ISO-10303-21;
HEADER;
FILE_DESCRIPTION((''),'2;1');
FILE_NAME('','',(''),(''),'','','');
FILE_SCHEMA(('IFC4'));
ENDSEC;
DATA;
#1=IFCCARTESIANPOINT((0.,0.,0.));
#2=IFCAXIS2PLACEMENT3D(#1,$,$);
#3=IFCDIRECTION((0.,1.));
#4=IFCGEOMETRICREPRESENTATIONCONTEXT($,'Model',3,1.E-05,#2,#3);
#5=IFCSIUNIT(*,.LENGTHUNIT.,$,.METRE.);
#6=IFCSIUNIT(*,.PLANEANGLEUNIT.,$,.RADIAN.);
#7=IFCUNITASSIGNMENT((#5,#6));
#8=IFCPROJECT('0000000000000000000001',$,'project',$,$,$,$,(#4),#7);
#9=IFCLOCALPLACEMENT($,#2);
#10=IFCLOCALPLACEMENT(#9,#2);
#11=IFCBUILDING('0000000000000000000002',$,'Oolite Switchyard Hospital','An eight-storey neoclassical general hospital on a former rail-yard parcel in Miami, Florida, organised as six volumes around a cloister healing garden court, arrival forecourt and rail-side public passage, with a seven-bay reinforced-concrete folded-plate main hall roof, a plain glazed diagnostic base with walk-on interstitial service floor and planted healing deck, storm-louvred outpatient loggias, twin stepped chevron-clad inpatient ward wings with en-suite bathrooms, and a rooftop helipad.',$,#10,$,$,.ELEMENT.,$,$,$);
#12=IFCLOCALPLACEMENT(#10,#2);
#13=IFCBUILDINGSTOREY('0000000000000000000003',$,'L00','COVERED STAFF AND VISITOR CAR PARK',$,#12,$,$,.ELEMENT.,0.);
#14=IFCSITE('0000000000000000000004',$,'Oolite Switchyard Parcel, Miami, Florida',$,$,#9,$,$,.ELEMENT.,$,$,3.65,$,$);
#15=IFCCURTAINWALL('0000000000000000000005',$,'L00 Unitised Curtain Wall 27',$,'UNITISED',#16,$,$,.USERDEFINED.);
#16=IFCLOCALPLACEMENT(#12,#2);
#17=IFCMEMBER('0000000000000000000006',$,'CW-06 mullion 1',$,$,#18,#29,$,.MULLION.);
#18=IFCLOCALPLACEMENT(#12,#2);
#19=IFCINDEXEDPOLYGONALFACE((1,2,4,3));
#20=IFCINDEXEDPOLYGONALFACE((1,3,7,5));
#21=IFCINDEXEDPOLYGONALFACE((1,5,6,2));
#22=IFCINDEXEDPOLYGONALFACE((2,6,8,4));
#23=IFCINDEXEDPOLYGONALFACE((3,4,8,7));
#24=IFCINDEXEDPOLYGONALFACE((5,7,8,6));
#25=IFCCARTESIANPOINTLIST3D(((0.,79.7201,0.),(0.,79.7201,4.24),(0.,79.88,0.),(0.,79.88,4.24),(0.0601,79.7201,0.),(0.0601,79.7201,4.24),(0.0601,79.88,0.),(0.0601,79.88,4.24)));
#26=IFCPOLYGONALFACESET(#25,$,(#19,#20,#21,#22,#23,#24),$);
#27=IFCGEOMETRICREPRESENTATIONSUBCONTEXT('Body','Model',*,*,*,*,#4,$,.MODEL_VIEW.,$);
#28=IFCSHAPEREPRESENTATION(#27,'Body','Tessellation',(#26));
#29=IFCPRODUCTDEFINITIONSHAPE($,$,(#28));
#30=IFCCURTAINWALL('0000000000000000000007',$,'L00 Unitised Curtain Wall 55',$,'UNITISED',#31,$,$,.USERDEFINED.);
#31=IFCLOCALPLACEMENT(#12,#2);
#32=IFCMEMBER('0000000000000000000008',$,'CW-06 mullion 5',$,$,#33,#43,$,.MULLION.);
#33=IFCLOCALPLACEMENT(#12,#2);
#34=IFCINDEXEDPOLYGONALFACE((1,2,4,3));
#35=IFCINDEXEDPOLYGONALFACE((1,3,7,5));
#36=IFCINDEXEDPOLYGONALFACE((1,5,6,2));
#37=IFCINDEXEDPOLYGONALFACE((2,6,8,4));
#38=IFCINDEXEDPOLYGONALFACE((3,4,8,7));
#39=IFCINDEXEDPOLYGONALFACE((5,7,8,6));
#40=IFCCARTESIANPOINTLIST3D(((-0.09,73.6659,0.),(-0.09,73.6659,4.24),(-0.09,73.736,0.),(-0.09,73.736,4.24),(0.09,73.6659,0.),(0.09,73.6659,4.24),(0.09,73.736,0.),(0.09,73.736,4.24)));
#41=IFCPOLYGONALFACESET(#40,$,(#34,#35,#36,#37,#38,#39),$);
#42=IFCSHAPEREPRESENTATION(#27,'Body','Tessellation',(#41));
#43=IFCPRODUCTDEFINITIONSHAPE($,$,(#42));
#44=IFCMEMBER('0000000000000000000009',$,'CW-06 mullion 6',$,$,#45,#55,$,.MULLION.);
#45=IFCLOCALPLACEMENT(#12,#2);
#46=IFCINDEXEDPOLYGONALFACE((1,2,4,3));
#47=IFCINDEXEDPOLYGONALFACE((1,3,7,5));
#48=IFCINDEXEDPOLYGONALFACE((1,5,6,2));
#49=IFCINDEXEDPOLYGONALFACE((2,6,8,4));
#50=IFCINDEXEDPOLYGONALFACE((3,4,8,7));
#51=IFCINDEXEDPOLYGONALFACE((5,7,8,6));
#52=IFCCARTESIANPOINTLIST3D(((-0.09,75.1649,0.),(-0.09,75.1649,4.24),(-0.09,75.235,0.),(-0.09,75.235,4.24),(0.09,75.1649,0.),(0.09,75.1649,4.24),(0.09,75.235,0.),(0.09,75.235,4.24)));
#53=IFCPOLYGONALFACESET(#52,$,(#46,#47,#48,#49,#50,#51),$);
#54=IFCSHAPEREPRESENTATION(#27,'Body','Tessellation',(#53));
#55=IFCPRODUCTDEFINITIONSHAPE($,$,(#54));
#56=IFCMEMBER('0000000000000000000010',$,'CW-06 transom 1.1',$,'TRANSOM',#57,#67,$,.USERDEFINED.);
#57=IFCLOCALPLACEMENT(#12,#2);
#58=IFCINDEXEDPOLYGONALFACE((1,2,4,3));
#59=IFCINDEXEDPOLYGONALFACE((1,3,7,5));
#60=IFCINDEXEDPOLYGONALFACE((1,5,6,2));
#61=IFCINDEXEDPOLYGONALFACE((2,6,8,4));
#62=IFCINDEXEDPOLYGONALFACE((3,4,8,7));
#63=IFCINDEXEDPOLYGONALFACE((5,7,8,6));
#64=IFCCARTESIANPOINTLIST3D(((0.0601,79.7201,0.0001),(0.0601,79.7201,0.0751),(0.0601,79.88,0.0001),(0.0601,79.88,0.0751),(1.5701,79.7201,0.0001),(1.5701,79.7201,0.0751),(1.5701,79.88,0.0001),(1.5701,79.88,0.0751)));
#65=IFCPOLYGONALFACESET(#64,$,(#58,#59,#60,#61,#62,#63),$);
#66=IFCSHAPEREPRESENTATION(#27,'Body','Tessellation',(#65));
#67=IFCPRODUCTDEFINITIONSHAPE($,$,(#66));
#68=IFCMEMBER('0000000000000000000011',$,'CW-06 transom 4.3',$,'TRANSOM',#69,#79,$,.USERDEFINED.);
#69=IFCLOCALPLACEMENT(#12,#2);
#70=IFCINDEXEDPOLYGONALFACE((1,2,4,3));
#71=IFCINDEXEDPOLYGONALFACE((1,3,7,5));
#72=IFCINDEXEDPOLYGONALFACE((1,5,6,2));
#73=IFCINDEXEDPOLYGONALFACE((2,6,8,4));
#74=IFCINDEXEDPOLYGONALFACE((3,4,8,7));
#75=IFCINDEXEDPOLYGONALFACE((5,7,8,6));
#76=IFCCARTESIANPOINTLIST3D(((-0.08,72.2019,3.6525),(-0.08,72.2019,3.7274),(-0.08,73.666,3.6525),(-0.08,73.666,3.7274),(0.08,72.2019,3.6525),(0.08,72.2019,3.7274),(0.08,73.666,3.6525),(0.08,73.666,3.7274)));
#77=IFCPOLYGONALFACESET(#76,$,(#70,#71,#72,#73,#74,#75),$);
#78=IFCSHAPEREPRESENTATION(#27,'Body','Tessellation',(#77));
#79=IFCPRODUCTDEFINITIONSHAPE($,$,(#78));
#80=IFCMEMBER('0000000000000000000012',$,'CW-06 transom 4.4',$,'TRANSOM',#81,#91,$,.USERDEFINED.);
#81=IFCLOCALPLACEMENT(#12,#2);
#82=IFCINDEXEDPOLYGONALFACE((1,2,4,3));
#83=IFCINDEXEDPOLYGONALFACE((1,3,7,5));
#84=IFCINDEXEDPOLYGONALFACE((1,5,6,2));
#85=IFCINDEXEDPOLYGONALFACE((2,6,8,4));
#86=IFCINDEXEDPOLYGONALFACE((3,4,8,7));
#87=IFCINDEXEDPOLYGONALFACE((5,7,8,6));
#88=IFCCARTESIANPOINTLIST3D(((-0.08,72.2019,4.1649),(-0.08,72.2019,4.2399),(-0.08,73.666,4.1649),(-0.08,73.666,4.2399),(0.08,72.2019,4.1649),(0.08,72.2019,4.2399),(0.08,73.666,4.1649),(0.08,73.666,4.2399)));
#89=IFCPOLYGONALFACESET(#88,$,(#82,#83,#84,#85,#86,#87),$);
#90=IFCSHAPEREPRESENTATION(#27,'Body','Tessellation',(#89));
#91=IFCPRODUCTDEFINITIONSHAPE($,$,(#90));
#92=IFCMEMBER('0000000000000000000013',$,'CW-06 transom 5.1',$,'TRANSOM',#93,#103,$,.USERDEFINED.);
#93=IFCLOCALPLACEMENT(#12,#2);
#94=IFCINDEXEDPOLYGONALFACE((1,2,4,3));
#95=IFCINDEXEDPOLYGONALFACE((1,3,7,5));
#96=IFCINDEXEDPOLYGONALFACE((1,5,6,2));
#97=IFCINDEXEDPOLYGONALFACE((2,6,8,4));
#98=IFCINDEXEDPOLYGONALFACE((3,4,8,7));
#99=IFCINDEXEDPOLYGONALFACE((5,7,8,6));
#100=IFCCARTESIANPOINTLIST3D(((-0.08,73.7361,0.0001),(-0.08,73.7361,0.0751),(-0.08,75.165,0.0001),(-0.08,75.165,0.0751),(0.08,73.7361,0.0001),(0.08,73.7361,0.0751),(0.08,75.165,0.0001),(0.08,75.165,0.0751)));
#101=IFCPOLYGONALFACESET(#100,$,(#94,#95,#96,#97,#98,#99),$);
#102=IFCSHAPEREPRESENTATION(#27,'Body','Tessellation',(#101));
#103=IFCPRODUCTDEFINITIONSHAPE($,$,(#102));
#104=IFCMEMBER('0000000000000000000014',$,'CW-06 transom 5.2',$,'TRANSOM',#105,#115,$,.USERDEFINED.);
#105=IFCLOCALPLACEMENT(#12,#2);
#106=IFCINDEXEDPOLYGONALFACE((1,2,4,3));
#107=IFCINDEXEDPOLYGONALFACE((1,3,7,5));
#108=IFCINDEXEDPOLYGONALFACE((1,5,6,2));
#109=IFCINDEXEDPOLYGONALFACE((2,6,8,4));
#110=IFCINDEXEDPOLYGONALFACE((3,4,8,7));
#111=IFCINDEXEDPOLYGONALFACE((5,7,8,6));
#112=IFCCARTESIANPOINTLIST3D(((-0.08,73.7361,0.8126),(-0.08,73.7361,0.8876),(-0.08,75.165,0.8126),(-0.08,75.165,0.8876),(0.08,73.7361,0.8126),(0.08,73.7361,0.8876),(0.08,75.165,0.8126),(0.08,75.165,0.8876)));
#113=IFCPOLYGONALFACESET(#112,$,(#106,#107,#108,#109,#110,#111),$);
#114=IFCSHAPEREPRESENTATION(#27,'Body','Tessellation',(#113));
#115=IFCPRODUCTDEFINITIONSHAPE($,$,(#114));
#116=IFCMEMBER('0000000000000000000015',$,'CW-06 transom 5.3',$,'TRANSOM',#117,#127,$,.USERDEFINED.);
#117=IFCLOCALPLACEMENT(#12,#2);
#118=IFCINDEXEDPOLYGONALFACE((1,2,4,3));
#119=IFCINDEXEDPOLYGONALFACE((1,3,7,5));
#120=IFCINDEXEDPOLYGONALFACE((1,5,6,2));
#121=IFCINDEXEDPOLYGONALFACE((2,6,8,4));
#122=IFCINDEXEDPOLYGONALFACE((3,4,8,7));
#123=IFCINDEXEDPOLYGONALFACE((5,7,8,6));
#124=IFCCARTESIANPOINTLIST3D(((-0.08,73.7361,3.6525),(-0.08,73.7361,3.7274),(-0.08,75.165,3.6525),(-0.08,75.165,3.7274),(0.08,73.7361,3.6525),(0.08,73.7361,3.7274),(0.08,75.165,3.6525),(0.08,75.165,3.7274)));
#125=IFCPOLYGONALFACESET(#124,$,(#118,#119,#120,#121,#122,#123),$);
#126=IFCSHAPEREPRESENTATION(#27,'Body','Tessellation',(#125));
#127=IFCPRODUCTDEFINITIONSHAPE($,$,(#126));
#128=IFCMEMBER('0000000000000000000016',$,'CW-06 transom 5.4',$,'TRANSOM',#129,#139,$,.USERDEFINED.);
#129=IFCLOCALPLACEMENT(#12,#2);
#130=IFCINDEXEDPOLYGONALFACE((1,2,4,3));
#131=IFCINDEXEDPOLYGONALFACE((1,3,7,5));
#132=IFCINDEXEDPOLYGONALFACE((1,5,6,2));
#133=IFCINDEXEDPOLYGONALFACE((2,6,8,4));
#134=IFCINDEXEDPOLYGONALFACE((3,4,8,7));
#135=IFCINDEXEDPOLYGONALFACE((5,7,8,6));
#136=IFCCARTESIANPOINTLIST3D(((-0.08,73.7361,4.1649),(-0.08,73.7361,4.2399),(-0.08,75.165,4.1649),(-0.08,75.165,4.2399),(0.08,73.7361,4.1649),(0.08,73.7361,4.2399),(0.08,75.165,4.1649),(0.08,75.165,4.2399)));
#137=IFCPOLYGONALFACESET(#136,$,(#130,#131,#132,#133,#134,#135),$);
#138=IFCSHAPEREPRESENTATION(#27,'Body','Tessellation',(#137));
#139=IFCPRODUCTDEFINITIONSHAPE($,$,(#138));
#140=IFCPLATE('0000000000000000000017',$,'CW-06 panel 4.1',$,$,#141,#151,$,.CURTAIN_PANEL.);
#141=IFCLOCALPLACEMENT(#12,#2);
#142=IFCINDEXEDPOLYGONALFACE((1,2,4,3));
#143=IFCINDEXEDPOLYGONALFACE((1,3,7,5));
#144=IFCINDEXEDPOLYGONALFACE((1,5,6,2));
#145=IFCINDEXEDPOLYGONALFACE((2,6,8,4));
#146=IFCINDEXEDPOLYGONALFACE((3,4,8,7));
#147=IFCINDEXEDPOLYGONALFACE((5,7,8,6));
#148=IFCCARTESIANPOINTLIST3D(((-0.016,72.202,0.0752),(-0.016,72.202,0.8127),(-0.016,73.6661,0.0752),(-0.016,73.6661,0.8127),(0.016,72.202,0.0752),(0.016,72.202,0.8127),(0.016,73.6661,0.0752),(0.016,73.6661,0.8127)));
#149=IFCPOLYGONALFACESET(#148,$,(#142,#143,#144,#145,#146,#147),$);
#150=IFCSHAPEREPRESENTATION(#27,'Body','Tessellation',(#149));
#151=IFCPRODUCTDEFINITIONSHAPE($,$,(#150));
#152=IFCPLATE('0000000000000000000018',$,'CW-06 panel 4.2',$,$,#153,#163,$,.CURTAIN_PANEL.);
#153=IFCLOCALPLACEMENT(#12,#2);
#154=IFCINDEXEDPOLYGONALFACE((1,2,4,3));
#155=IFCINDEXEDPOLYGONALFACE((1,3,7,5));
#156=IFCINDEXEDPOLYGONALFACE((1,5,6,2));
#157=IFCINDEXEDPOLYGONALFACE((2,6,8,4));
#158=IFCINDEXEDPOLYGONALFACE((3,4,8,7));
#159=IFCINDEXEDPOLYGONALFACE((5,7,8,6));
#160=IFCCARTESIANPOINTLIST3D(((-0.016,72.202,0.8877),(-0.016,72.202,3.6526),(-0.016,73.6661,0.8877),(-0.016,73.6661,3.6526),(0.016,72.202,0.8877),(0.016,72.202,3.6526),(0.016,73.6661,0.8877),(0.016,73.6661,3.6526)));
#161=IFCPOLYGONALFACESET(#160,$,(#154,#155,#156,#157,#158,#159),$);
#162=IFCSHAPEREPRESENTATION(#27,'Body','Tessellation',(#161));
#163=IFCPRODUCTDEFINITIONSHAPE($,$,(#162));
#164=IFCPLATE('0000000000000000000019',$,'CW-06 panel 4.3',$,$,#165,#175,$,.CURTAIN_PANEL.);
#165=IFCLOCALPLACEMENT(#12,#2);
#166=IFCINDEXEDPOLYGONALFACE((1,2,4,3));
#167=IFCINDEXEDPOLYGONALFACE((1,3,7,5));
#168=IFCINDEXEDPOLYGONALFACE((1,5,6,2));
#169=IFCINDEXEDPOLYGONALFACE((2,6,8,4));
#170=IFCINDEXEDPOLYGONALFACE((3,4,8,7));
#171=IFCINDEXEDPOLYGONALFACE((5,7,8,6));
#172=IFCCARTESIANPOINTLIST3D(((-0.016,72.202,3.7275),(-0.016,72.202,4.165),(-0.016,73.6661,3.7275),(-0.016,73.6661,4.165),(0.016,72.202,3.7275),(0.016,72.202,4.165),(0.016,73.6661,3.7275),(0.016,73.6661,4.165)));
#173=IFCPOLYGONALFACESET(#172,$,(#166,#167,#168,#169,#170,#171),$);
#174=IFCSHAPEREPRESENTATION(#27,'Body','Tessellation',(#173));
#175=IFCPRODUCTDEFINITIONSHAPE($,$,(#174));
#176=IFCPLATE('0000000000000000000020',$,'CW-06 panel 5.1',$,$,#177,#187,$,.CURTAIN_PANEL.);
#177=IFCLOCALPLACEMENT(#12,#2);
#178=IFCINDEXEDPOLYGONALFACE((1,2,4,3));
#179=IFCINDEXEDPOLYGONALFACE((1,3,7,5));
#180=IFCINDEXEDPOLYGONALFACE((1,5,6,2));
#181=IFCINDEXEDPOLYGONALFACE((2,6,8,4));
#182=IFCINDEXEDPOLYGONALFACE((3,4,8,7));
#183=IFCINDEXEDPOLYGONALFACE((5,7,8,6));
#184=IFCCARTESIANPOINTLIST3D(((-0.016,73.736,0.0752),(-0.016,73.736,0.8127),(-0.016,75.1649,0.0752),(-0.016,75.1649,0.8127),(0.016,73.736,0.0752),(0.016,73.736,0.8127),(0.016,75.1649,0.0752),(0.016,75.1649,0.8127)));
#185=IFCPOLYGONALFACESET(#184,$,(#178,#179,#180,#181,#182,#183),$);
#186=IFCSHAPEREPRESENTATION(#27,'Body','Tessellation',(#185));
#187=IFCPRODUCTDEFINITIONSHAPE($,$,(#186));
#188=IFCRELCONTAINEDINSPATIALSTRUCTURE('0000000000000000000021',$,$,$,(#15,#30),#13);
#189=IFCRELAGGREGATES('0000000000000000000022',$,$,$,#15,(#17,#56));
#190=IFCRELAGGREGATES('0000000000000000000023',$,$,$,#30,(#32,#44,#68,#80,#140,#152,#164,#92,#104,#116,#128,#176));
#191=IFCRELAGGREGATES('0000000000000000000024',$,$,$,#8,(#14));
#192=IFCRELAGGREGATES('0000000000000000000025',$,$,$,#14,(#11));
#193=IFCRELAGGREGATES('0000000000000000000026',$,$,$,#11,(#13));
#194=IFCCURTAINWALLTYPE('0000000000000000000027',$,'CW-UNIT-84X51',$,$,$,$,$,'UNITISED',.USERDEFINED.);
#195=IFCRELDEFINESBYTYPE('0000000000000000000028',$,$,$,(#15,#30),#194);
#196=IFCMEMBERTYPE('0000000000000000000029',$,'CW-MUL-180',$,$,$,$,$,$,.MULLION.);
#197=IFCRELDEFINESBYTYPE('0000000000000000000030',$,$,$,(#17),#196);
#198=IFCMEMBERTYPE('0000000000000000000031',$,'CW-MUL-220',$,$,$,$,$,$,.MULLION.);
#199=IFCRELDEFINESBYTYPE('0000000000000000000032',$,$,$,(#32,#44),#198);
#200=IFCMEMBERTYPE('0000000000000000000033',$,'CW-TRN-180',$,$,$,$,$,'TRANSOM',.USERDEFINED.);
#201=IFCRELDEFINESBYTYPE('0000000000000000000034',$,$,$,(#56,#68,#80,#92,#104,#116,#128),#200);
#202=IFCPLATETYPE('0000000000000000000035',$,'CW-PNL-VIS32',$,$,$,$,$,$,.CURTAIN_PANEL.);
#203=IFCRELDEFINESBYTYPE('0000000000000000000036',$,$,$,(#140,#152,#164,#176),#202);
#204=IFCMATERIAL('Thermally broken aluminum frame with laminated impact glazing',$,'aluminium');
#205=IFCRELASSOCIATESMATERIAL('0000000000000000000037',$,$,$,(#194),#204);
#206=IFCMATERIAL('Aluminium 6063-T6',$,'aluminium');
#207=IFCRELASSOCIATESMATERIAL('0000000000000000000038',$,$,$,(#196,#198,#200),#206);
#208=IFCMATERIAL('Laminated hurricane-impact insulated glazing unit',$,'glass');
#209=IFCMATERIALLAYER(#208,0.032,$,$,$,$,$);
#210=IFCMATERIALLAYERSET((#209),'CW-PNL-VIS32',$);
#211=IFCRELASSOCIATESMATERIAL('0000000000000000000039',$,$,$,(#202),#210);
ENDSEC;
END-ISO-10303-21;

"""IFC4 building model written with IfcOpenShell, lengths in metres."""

from ifc_helpers import new_model, si_unit, direction, frame, origin, origin_2d, place, context, subcontext, project, spatial, rectangle, extrude, material, layer, layer_set, material_profile, profile_set, type_object, element, aggregate, save


model = new_model("IFC4")

# Units and contexts
model_context = context("Model", 3, precision=1e-05, world=origin(), true_north=direction((0.0, 1.0)))
body_context = subcontext(model_context, "Body", "Model", "MODEL_VIEW")
ifc_project = project(units=[si_unit("LENGTHUNIT", "METRE"), si_unit("PLANEANGLEUNIT", "RADIAN")], contexts=[model_context])

# Site, building, storey
site_placement = place(None, origin())
site = spatial("IfcSite", under=ifc_project, at=site_placement, Name="Oolite Switchyard Parcel, Miami, Florida", CompositionType="ELEMENT", RefElevation=3.65)
building_placement = place(site_placement, origin())
building = spatial("IfcBuilding", under=site, at=building_placement, Name="Oolite Switchyard Hospital", Description="An eight-storey neoclassical general hospital on a former rail-yard parcel in Miami, Florida, organised as six volumes around a cloister healing garden court, arrival forecourt and rail-side public passage, with a seven-bay reinforced-concrete folded-plate main hall roof, a plain glazed diagnostic base with walk-on interstitial service floor and planted healing deck, storm-louvred outpatient loggias, twin stepped chevron-clad inpatient ward wings with en-suite bathrooms, and a rooftop helipad.", CompositionType="ELEMENT")
storey_placement = place(building_placement, origin())
storey = spatial("IfcBuildingStorey", under=building, at=storey_placement, Name="L00", Description="COVERED STAFF AND VISITOR CAR PARK", CompositionType="ELEMENT", Elevation=0.0)

# Curtain wall, member
ifc_material_1 = material(Name="Thermally broken aluminum frame with laminated impact glazing", Category="aluminium")
curtain_wall_type = type_object("IfcCurtainWallType", Name="CW-UNIT-84X51", ElementType="UNITISED", PredefinedType="USERDEFINED", material=ifc_material_1)
curtain_wall_1_placement = place(storey_placement, origin())
curtain_wall_1 = element("IfcCurtainWall", 1, at=curtain_wall_1_placement, inside=storey, type_object=curtain_wall_type, Name="L00 Unitised Curtain Wall 27", ObjectType="UNITISED", PredefinedType="USERDEFINED")
ifc_material_2 = material(Name="Aluminium 6063-T6", Category="aluminium")
ifc_material_profile_1 = material_profile(ifc_material_2, rectangle(XDim=0.1599, YDim=0.0601, at=origin_2d()), Name="CWM60X160")
ifc_profile_set_1 = profile_set([ifc_material_profile_1], Name="Aluminium 6063-T6")
member_type_1 = type_object("IfcMemberType", Name="CW-MUL-180", PredefinedType="MULLION", material=ifc_profile_set_1)
member_1_placement = place(storey_placement, frame((0.03, 79.8, 0.0), z_axis=(0.0, 0.0, 1.0), x_axis=(0.0, 1.0, 0.0)))
member_1 = element("IfcMember", 2, at=member_1_placement, type_object=member_type_1, Name="CW-06 mullion 1", PredefinedType="MULLION", context=body_context, shape_type="SweptSolid", body=[
    extrude(rectangle(XDim=0.1599, YDim=0.0601, at=origin_2d()), origin(), (0.0, 0.0, 1.0), 4.24),
])

# Curtain wall, members
curtain_wall_2_placement = place(storey_placement, origin())
curtain_wall_2 = element("IfcCurtainWall", 3, at=curtain_wall_2_placement, inside=storey, type_object=curtain_wall_type, Name="L00 Unitised Curtain Wall 55", ObjectType="UNITISED", PredefinedType="USERDEFINED")
ifc_material_profile_2 = material_profile(ifc_material_2, rectangle(XDim=0.1799, YDim=0.0701, at=origin_2d()), Name="CWM70X180")
ifc_profile_set_2 = profile_set([ifc_material_profile_2], Name="Aluminium 6063-T6")
member_type_2 = type_object("IfcMemberType", Name="CW-MUL-220", PredefinedType="MULLION", material=ifc_profile_set_2)
member_2_placement = place(storey_placement, frame((0.0, 73.7009, 0.0), z_axis=(0.0, 0.0, 1.0), x_axis=(-1.0, 0.0, 0.0)))
member_2 = element("IfcMember", 4, at=member_2_placement, type_object=member_type_2, Name="CW-06 mullion 5", PredefinedType="MULLION", context=body_context, shape_type="SweptSolid", body=[
    extrude(rectangle(XDim=0.1799, YDim=0.0701, at=origin_2d()), origin(), (0.0, 0.0, 1.0), 4.24),
])
member_3_placement = place(storey_placement, frame((0.0, 75.2, 0.0), z_axis=(0.0, 0.0, 1.0), x_axis=(-1.0, 0.0, 0.0)))
member_3 = element("IfcMember", 5, at=member_3_placement, type_object=member_type_2, Name="CW-06 mullion 6", PredefinedType="MULLION", context=body_context, shape_type="SweptSolid", body=[
    extrude(rectangle(XDim=0.1799, YDim=0.0701, at=origin_2d()), origin(), (0.0, 0.0, 1.0), 4.24),
])

# Members
ifc_material_profile_3 = material_profile(ifc_material_2, rectangle(XDim=0.1599, YDim=0.075, at=origin_2d()), Name="CWT75X160")
ifc_profile_set_3 = profile_set([ifc_material_profile_3], Name="Aluminium 6063-T6")
member_type_3 = type_object("IfcMemberType", Name="CW-TRN-180", ElementType="TRANSOM", PredefinedType="USERDEFINED", material=ifc_profile_set_3)
member_4_placement = place(storey_placement, frame((0.0601, 79.8, 0.0376), z_axis=(1.0, 0.0, 0.0), x_axis=(0.0, 1.0, 0.0)))
member_4 = element("IfcMember", 6, at=member_4_placement, type_object=member_type_3, Name="CW-06 transom 1.1", ObjectType="TRANSOM", PredefinedType="USERDEFINED", context=body_context, shape_type="SweptSolid", body=[
    extrude(rectangle(XDim=0.1599, YDim=0.075, at=origin_2d()), origin(), (0.0, 0.0, 1.0), 1.51),
])
aggregate(curtain_wall_1, [member_1, member_4])
member_5_placement = place(storey_placement, frame((0.0, 72.2019, 3.6899), z_axis=(0.0, 1.0, 0.0), x_axis=(-1.0, 0.0, 0.0)))
member_5 = element("IfcMember", 7, at=member_5_placement, type_object=member_type_3, Name="CW-06 transom 4.3", ObjectType="TRANSOM", PredefinedType="USERDEFINED", context=body_context, shape_type="SweptSolid", body=[
    extrude(rectangle(XDim=0.1599, YDim=0.075, at=origin_2d()), origin(), (0.0, 0.0, 1.0), 1.4641),
])
member_6_placement = place(storey_placement, frame((0.0, 72.2019, 4.2024), z_axis=(0.0, 1.0, 0.0), x_axis=(-1.0, 0.0, 0.0)))
member_6 = element("IfcMember", 8, at=member_6_placement, type_object=member_type_3, Name="CW-06 transom 4.4", ObjectType="TRANSOM", PredefinedType="USERDEFINED", context=body_context, shape_type="SweptSolid", body=[
    extrude(rectangle(XDim=0.1599, YDim=0.075, at=origin_2d()), origin(), (0.0, 0.0, 1.0), 1.4641),
])
member_7_placement = place(storey_placement, frame((0.0, 73.7361, 0.0376), z_axis=(0.0, 1.0, 0.0), x_axis=(-1.0, 0.0, 0.0)))
member_7 = element("IfcMember", 9, at=member_7_placement, type_object=member_type_3, Name="CW-06 transom 5.1", ObjectType="TRANSOM", PredefinedType="USERDEFINED", context=body_context, shape_type="SweptSolid", body=[
    extrude(rectangle(XDim=0.1599, YDim=0.075, at=origin_2d()), origin(), (0.0, 0.0, 1.0), 1.429),
])
member_8_placement = place(storey_placement, frame((0.0, 73.7361, 0.8501), z_axis=(0.0, 1.0, 0.0), x_axis=(-1.0, 0.0, 0.0)))
member_8 = element("IfcMember", 10, at=member_8_placement, type_object=member_type_3, Name="CW-06 transom 5.2", ObjectType="TRANSOM", PredefinedType="USERDEFINED", context=body_context, shape_type="SweptSolid", body=[
    extrude(rectangle(XDim=0.1599, YDim=0.075, at=origin_2d()), origin(), (0.0, 0.0, 1.0), 1.429),
])
member_9_placement = place(storey_placement, frame((0.0, 73.7361, 3.6899), z_axis=(0.0, 1.0, 0.0), x_axis=(-1.0, 0.0, 0.0)))
member_9 = element("IfcMember", 11, at=member_9_placement, type_object=member_type_3, Name="CW-06 transom 5.3", ObjectType="TRANSOM", PredefinedType="USERDEFINED", context=body_context, shape_type="SweptSolid", body=[
    extrude(rectangle(XDim=0.1599, YDim=0.075, at=origin_2d()), origin(), (0.0, 0.0, 1.0), 1.429),
])
member_10_placement = place(storey_placement, frame((0.0, 73.7361, 4.2024), z_axis=(0.0, 1.0, 0.0), x_axis=(-1.0, 0.0, 0.0)))
member_10 = element("IfcMember", 12, at=member_10_placement, type_object=member_type_3, Name="CW-06 transom 5.4", ObjectType="TRANSOM", PredefinedType="USERDEFINED", context=body_context, shape_type="SweptSolid", body=[
    extrude(rectangle(XDim=0.1599, YDim=0.075, at=origin_2d()), origin(), (0.0, 0.0, 1.0), 1.429),
])

# Plates
ifc_material_3 = material(Name="Laminated hurricane-impact insulated glazing unit", Category="glass")
ifc_layer_1 = layer(ifc_material_3, 0.032)
ifc_layer_set_1 = layer_set([ifc_layer_1], Name="CW-PNL-VIS32")
plate_type = type_object("IfcPlateType", Name="CW-PNL-VIS32", PredefinedType="CURTAIN_PANEL", material=ifc_layer_set_1)
plate_1_placement = place(storey_placement, frame((0.0, 72.9341, 0.0752), z_axis=(0.0, 0.0, 1.0), x_axis=(0.0, 1.0, 0.0)))
plate_1 = element("IfcPlate", 13, at=plate_1_placement, type_object=plate_type, Name="CW-06 panel 4.1", PredefinedType="CURTAIN_PANEL", context=body_context, shape_type="SweptSolid", body=[
    extrude(rectangle(XDim=1.4641, YDim=0.032, at=origin_2d()), origin(), (0.0, 0.0, 1.0), 0.7375),
])
plate_2_placement = place(storey_placement, frame((0.0, 72.9341, 0.8877), z_axis=(0.0, 0.0, 1.0), x_axis=(0.0, 1.0, 0.0)))
plate_2 = element("IfcPlate", 14, at=plate_2_placement, type_object=plate_type, Name="CW-06 panel 4.2", PredefinedType="CURTAIN_PANEL", context=body_context, shape_type="SweptSolid", body=[
    extrude(rectangle(XDim=1.4641, YDim=0.032, at=origin_2d()), origin(), (0.0, 0.0, 1.0), 2.7649),
])
plate_3_placement = place(storey_placement, frame((0.0, 72.9341, 3.7275), z_axis=(0.0, 0.0, 1.0), x_axis=(0.0, 1.0, 0.0)))
plate_3 = element("IfcPlate", 15, at=plate_3_placement, type_object=plate_type, Name="CW-06 panel 4.3", PredefinedType="CURTAIN_PANEL", context=body_context, shape_type="SweptSolid", body=[
    extrude(rectangle(XDim=1.4641, YDim=0.032, at=origin_2d()), origin(), (0.0, 0.0, 1.0), 0.4375),
])
plate_4_placement = place(storey_placement, frame((0.0, 74.4504, 0.0752), z_axis=(0.0, 0.0, 1.0), x_axis=(0.0, 1.0, 0.0)))
plate_4 = element("IfcPlate", 16, at=plate_4_placement, type_object=plate_type, Name="CW-06 panel 5.1", PredefinedType="CURTAIN_PANEL", context=body_context, shape_type="SweptSolid", body=[
    extrude(rectangle(XDim=1.429, YDim=0.032, at=origin_2d()), origin(), (0.0, 0.0, 1.0), 0.7375),
])
aggregate(curtain_wall_2, [member_2, member_3, member_5, member_6, plate_1, plate_2, plate_3, member_7, member_8, member_9, member_10, plate_4])

save(model, "model.ifc")
